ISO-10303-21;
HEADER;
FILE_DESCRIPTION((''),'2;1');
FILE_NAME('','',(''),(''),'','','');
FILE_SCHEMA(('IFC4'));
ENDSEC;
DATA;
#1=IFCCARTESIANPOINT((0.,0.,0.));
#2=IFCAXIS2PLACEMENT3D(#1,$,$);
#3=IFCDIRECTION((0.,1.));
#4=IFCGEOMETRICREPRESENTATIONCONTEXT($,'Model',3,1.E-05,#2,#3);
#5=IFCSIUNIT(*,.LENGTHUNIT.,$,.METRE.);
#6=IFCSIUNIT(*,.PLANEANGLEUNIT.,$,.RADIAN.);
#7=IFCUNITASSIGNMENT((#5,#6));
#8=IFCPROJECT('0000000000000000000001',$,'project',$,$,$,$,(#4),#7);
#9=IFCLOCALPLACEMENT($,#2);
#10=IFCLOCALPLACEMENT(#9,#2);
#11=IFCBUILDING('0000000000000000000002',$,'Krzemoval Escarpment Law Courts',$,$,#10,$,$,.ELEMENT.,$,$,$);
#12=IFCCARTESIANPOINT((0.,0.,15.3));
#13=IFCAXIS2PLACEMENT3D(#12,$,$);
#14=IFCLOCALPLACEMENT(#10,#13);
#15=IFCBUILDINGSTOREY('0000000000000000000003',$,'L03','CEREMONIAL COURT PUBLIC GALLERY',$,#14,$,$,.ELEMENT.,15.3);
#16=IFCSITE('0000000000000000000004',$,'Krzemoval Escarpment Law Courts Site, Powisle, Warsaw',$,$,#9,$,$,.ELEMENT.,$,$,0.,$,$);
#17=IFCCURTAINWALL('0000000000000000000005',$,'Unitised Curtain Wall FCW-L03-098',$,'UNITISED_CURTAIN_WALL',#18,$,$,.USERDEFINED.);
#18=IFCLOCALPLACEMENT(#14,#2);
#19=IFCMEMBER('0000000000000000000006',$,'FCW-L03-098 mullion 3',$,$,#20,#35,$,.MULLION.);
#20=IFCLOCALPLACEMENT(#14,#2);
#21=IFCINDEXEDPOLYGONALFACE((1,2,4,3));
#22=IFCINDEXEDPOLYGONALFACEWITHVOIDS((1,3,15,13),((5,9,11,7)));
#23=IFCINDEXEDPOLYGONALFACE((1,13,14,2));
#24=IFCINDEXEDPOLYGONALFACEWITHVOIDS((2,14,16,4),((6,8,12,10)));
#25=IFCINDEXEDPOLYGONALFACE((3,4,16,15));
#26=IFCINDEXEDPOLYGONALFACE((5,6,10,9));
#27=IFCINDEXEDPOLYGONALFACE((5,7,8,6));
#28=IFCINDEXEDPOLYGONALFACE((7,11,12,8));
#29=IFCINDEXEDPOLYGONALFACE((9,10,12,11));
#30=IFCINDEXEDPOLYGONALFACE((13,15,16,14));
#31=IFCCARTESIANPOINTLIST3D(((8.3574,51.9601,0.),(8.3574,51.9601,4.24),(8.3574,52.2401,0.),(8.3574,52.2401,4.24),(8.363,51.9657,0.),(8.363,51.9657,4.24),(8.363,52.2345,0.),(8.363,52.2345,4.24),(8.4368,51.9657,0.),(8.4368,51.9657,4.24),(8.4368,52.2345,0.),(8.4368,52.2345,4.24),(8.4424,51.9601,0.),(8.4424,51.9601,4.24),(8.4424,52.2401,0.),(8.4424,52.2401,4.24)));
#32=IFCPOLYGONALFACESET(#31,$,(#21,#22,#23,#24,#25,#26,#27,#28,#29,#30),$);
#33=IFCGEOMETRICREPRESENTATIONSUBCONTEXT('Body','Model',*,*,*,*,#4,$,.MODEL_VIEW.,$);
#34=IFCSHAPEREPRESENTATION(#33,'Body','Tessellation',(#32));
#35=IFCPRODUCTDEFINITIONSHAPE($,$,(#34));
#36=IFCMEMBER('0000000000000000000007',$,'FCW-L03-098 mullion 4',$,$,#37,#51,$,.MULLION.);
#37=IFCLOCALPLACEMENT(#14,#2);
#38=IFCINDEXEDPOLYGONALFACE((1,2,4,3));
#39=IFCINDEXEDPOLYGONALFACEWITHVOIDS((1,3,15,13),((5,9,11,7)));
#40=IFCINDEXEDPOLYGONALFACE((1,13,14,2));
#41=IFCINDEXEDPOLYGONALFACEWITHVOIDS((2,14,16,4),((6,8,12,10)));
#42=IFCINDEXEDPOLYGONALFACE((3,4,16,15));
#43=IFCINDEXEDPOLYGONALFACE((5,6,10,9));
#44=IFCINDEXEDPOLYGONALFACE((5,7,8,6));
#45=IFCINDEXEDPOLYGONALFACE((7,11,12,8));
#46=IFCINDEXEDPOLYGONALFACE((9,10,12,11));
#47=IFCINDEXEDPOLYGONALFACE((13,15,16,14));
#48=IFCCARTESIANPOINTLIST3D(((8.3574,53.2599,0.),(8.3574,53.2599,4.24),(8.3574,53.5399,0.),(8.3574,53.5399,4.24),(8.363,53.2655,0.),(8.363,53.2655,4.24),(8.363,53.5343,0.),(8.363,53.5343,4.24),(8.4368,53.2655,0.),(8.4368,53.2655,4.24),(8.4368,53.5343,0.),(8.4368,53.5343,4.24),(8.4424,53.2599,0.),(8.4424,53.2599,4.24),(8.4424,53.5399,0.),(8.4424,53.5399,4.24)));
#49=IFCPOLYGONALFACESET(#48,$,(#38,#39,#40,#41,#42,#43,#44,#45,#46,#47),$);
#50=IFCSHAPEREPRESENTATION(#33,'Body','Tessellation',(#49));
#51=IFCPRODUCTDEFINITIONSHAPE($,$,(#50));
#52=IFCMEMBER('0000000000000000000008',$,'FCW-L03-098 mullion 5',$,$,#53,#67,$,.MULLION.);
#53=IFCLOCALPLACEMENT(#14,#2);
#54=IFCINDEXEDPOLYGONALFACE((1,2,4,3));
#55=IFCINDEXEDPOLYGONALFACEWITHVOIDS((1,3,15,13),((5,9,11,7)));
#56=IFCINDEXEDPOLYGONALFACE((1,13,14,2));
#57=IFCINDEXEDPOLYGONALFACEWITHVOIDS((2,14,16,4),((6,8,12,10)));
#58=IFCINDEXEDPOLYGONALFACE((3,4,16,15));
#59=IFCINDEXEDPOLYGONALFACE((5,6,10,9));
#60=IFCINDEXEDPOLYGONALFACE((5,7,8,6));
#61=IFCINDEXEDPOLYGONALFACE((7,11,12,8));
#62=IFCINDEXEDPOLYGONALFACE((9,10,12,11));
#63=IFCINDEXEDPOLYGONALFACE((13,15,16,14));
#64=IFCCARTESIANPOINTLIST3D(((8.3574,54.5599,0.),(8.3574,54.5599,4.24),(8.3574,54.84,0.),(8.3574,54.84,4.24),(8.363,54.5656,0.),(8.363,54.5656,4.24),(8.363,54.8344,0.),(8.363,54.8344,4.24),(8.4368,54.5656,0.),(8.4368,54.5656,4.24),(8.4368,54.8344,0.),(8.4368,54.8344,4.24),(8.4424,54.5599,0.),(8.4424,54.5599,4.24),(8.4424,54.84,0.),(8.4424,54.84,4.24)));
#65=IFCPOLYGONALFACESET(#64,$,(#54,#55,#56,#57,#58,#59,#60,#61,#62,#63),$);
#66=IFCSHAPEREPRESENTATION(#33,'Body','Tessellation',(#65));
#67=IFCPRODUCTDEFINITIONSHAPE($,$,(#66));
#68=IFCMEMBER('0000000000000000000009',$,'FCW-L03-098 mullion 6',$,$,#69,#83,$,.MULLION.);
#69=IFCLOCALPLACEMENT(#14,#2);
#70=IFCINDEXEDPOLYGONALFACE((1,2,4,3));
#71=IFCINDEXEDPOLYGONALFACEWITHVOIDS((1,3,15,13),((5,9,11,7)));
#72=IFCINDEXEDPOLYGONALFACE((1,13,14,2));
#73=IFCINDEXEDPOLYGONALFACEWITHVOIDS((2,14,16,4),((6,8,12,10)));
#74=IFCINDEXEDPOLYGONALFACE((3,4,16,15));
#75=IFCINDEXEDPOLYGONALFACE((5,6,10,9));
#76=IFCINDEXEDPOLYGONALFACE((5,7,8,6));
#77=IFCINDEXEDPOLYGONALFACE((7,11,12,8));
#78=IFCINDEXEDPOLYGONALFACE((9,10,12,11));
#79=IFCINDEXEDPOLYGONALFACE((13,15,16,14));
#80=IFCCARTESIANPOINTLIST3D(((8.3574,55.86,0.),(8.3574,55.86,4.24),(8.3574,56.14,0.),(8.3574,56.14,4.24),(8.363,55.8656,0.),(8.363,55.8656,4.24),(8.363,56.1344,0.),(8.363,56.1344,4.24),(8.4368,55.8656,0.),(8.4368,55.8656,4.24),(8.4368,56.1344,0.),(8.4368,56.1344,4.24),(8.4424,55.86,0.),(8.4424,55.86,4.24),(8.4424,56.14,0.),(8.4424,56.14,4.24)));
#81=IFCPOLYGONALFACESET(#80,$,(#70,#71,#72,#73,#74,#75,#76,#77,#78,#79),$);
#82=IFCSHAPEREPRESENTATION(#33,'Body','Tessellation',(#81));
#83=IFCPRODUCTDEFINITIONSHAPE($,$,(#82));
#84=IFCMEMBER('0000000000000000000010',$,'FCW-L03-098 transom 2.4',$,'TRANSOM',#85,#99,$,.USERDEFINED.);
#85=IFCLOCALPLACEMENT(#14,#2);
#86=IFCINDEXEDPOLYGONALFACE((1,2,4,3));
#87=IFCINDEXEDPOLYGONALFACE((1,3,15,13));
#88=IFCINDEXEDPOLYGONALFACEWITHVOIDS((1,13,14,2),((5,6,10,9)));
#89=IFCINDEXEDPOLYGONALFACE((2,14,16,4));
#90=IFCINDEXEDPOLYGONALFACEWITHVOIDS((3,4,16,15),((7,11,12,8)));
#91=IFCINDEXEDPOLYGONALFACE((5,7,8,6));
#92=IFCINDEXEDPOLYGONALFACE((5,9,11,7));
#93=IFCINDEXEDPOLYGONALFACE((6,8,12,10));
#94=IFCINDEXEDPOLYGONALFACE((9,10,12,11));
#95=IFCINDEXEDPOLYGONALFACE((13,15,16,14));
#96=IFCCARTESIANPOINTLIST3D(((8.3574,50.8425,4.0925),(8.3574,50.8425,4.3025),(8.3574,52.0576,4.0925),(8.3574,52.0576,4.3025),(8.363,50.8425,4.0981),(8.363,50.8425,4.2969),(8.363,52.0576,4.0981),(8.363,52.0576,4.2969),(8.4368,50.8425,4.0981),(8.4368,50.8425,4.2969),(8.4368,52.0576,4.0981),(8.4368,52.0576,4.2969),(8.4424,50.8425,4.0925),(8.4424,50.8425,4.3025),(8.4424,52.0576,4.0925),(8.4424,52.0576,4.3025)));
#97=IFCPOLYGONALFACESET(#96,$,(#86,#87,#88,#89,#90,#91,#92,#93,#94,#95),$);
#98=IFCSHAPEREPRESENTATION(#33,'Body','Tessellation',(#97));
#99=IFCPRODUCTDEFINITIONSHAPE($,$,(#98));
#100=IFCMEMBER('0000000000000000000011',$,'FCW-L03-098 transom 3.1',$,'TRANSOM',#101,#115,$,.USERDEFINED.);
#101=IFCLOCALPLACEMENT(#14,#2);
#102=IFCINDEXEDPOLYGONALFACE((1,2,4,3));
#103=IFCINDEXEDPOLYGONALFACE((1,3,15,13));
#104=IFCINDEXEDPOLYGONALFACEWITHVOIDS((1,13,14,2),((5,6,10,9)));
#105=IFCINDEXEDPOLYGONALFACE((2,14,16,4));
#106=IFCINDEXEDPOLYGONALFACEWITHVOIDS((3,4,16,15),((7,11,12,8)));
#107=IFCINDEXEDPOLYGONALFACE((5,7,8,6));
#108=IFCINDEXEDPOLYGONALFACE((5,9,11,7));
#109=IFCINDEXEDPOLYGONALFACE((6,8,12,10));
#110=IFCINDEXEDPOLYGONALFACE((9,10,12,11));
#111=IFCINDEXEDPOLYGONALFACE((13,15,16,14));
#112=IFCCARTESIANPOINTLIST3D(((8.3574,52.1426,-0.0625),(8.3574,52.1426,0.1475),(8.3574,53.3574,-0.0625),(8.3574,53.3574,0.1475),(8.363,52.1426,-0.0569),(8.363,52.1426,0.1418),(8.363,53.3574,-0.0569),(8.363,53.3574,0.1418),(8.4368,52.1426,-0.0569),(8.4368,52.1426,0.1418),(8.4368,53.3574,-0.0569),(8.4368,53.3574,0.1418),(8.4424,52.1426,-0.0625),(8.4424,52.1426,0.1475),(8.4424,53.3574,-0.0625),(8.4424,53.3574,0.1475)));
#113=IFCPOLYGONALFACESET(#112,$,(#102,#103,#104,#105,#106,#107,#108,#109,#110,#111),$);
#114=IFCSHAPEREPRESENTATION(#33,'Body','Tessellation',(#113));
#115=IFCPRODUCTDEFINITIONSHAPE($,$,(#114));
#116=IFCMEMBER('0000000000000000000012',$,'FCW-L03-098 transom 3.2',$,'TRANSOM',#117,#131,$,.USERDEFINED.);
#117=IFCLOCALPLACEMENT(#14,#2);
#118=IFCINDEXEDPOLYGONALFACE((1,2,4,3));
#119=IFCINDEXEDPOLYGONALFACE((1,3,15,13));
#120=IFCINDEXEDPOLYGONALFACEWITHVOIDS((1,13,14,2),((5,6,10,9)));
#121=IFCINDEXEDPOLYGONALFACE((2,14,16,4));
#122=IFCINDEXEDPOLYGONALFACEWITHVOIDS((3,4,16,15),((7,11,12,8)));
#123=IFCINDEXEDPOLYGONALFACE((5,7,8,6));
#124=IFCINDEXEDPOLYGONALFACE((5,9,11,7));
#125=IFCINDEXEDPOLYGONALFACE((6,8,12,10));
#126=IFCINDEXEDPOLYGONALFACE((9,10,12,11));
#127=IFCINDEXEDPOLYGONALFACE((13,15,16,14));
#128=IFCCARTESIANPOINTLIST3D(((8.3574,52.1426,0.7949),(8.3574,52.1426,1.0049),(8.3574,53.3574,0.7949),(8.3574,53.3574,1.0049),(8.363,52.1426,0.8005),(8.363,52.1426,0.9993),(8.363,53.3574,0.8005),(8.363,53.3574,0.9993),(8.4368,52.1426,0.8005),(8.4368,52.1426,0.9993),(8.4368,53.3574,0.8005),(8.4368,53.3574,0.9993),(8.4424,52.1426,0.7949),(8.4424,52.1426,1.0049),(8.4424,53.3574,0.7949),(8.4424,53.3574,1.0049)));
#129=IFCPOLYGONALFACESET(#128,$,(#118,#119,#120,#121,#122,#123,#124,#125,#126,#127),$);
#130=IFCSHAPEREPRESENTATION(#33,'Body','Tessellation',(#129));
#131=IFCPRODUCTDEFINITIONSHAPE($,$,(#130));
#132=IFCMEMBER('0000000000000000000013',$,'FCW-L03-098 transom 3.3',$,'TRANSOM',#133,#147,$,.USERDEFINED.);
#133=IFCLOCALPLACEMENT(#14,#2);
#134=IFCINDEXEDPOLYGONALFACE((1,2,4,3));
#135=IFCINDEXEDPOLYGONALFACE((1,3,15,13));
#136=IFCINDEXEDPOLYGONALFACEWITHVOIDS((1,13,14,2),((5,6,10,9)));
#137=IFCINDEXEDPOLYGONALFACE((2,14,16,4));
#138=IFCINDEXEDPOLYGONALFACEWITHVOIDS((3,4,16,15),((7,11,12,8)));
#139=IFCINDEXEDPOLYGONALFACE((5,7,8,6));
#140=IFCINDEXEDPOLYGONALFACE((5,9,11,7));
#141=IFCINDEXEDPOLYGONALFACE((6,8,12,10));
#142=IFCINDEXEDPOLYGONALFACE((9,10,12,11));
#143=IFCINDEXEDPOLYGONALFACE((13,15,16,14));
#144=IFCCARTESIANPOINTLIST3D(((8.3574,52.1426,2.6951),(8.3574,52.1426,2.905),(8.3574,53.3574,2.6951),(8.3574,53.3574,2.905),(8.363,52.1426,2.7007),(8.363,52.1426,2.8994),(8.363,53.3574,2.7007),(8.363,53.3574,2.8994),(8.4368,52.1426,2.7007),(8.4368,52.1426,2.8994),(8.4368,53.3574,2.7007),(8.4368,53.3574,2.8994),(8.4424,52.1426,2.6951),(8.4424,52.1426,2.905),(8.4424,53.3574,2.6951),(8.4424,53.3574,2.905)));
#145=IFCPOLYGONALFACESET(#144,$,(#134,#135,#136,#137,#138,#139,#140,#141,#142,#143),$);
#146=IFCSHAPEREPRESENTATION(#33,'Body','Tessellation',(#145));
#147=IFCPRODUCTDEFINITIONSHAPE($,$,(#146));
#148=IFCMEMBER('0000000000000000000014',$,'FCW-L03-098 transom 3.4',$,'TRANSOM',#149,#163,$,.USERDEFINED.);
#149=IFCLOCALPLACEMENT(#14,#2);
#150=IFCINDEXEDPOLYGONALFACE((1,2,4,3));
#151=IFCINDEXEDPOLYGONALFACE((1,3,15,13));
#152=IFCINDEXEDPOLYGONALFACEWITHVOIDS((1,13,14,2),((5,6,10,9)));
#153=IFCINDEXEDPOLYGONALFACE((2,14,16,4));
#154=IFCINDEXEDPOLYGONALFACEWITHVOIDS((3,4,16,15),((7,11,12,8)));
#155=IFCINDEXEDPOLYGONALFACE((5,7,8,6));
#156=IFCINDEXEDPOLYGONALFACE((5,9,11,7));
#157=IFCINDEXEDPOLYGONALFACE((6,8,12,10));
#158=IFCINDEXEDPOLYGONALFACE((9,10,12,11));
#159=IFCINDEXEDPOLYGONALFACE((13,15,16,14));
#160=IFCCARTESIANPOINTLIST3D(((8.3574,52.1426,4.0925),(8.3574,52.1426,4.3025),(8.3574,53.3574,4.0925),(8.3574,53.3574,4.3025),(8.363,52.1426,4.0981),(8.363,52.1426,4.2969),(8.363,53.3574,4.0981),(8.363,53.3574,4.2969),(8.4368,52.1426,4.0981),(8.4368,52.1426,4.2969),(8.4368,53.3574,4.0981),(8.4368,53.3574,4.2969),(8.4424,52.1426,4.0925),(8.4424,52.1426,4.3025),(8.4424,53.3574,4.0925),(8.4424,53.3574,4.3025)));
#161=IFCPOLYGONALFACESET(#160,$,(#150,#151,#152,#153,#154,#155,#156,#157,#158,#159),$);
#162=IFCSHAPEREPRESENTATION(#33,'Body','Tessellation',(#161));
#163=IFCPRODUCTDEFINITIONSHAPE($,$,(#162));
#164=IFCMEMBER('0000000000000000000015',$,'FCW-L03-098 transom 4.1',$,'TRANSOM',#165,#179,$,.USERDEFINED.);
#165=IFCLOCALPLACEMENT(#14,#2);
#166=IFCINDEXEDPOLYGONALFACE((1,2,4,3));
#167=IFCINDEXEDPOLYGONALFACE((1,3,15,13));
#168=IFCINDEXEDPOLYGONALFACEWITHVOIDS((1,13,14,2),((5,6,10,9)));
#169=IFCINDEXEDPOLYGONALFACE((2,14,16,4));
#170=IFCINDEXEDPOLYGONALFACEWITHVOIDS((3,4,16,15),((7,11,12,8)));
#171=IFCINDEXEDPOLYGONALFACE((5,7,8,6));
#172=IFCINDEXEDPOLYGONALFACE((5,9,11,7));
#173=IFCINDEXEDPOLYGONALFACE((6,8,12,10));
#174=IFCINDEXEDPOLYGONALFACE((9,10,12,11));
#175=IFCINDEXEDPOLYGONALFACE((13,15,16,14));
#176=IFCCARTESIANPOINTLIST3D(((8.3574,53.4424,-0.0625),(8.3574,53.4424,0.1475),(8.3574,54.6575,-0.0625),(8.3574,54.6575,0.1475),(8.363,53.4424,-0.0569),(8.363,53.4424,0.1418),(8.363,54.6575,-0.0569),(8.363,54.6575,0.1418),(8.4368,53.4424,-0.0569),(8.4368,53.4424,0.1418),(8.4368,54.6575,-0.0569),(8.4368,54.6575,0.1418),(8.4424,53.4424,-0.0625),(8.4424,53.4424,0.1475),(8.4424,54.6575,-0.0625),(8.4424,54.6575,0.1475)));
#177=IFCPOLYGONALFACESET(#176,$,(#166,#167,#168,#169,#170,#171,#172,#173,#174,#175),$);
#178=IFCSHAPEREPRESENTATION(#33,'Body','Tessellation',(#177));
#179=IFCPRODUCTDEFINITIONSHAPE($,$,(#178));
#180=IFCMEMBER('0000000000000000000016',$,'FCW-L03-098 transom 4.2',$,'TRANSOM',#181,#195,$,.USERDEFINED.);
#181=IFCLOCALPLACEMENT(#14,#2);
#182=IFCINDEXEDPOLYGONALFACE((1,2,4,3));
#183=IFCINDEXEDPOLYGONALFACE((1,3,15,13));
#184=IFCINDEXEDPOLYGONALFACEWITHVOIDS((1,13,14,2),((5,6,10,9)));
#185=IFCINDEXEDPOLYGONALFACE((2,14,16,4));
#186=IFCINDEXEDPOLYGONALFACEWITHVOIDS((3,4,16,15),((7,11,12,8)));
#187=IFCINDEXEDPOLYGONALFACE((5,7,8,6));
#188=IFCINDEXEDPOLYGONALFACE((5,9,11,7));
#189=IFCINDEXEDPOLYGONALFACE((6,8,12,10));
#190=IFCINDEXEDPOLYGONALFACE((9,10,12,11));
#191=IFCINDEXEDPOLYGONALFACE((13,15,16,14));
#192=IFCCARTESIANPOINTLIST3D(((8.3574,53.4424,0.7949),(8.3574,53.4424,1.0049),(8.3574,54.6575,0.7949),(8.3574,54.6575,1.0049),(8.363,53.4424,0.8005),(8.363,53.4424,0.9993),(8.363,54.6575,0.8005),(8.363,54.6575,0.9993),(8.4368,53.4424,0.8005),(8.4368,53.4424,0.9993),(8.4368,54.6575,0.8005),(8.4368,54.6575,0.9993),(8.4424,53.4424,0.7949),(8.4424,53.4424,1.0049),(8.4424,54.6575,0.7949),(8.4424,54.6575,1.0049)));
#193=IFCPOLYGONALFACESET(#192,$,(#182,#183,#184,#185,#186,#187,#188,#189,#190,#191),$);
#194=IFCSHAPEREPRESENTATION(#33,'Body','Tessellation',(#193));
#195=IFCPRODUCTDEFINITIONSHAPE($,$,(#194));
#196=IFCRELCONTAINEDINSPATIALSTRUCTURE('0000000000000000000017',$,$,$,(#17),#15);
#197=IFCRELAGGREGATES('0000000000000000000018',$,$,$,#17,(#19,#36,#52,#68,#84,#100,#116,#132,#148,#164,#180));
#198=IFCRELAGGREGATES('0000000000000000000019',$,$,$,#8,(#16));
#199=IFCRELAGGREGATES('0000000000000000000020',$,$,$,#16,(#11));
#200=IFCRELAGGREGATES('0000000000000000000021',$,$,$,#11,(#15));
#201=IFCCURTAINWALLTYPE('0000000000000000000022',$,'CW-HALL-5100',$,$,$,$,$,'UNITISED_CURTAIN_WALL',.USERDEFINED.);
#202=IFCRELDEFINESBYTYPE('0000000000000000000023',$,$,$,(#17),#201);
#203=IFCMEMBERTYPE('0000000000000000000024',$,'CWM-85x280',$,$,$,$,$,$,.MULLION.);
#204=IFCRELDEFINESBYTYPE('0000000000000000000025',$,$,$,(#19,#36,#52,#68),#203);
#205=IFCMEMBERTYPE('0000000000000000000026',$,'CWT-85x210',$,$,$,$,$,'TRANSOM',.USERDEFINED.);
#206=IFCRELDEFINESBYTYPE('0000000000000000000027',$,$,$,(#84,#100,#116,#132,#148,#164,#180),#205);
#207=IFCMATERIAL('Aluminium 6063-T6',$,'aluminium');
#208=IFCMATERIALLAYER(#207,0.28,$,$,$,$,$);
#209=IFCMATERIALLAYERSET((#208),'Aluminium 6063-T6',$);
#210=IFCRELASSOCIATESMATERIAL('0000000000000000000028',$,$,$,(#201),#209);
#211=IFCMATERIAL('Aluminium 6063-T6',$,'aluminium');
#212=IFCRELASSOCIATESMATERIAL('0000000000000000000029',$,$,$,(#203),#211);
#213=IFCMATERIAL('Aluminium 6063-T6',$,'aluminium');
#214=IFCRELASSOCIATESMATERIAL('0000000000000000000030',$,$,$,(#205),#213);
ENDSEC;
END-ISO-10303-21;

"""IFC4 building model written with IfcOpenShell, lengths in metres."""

from ifc_helpers import new_model, si_unit, direction, frame, origin, origin_2d, place, context, subcontext, project, spatial, hollow_rectangle, extrude, material, layer, layer_set, material_profile, profile_set, type_object, element, aggregate, save


model = new_model("IFC4")

# Units and contexts
model_context = context("Model", 3, precision=1e-05, world=origin(), true_north=direction((0.0, 1.0)))
body_context = subcontext(model_context, "Body", "Model", "MODEL_VIEW")
ifc_project = project(units=[si_unit("LENGTHUNIT", "METRE"), si_unit("PLANEANGLEUNIT", "RADIAN")], contexts=[model_context])

# Site, building, storey
site_placement = place(None, origin())
site = spatial("IfcSite", under=ifc_project, at=site_placement, Name="Krzemoval Escarpment Law Courts Site, Powisle, Warsaw", CompositionType="ELEMENT", RefElevation=0.0)
building_placement = place(site_placement, origin())
building = spatial("IfcBuilding", under=site, at=building_placement, Name="Krzemoval Escarpment Law Courts", CompositionType="ELEMENT")
storey_placement = place(building_placement, frame((0.0, 0.0, 15.3)))
storey = spatial("IfcBuildingStorey", under=building, at=storey_placement, Name="L03", Description="CEREMONIAL COURT PUBLIC GALLERY", CompositionType="ELEMENT", Elevation=15.3)

# Curtain wall, members
ifc_material_1 = material(Name="Aluminium 6063-T6", Category="aluminium")
ifc_layer_1 = layer(ifc_material_1, 0.28)
ifc_layer_set_1 = layer_set([ifc_layer_1], Name="Aluminium 6063-T6")
curtain_wall_type = type_object("IfcCurtainWallType", Name="CW-HALL-5100", ElementType="UNITISED_CURTAIN_WALL", PredefinedType="USERDEFINED", material=ifc_layer_set_1)
curtain_wall_placement = place(storey_placement, origin())
curtain_wall = element("IfcCurtainWall", 1, at=curtain_wall_placement, inside=storey, type_object=curtain_wall_type, Name="Unitised Curtain Wall FCW-L03-098", ObjectType="UNITISED_CURTAIN_WALL", PredefinedType="USERDEFINED")
ifc_material_2 = material(Name="Aluminium 6063-T6", Category="aluminium")
ifc_material_profile_1 = material_profile(ifc_material_2, hollow_rectangle(XDim=0.085, YDim=0.28, WallThickness=0.0056, at=origin_2d()), Name="ALU M85x280")
ifc_profile_set_1 = profile_set([ifc_material_profile_1], Name="Aluminium 6063-T6")
member_type_1 = type_object("IfcMemberType", Name="CWM-85x280", PredefinedType="MULLION", material=ifc_profile_set_1)
member_1_placement = place(storey_placement, frame((8.3999, 52.1001, 0.0), z_axis=(0.0, 0.0, 1.0), x_axis=(-1.0, 0.0, 0.0)))
member_1 = element("IfcMember", 2, at=member_1_placement, type_object=member_type_1, Name="FCW-L03-098 mullion 3", PredefinedType="MULLION", context=body_context, shape_type="SweptSolid", body=[
    extrude(hollow_rectangle(XDim=0.085, YDim=0.28, WallThickness=0.0056, at=origin_2d()), origin(), (0.0, 0.0, 1.0), 4.24),
])
member_2_placement = place(storey_placement, frame((8.3999, 53.3999, 0.0), z_axis=(0.0, 0.0, 1.0), x_axis=(-1.0, 0.0, 0.0)))
member_2 = element("IfcMember", 3, at=member_2_placement, type_object=member_type_1, Name="FCW-L03-098 mullion 4", PredefinedType="MULLION", context=body_context, shape_type="SweptSolid", body=[
    extrude(hollow_rectangle(XDim=0.085, YDim=0.28, WallThickness=0.0056, at=origin_2d()), origin(), (0.0, 0.0, 1.0), 4.24),
])
member_3_placement = place(storey_placement, frame((8.3999, 54.7, 0.0), z_axis=(0.0, 0.0, 1.0), x_axis=(-1.0, 0.0, 0.0)))
member_3 = element("IfcMember", 4, at=member_3_placement, type_object=member_type_1, Name="FCW-L03-098 mullion 5", PredefinedType="MULLION", context=body_context, shape_type="SweptSolid", body=[
    extrude(hollow_rectangle(XDim=0.085, YDim=0.28, WallThickness=0.0056, at=origin_2d()), origin(), (0.0, 0.0, 1.0), 4.24),
])
member_4_placement = place(storey_placement, frame((8.3999, 56.0, 0.0), z_axis=(0.0, 0.0, 1.0), x_axis=(-1.0, 0.0, 0.0)))
member_4 = element("IfcMember", 5, at=member_4_placement, type_object=member_type_1, Name="FCW-L03-098 mullion 6", PredefinedType="MULLION", context=body_context, shape_type="SweptSolid", body=[
    extrude(hollow_rectangle(XDim=0.085, YDim=0.28, WallThickness=0.0056, at=origin_2d()), origin(), (0.0, 0.0, 1.0), 4.24),
])
ifc_material_3 = material(Name="Aluminium 6063-T6", Category="aluminium")
ifc_material_profile_2 = material_profile(ifc_material_3, hollow_rectangle(XDim=0.085, YDim=0.21, WallThickness=0.0056, at=origin_2d()), Name="ALU T85x210")
ifc_profile_set_2 = profile_set([ifc_material_profile_2], Name="Aluminium 6063-T6")
member_type_2 = type_object("IfcMemberType", Name="CWT-85x210", ElementType="TRANSOM", PredefinedType="USERDEFINED", material=ifc_profile_set_2)
member_5_placement = place(storey_placement, frame((8.3999, 50.8425, 4.1975), z_axis=(0.0, 1.0, 0.0), x_axis=(-1.0, 0.0, 0.0)))
member_5 = element("IfcMember", 6, at=member_5_placement, type_object=member_type_2, Name="FCW-L03-098 transom 2.4", ObjectType="TRANSOM", PredefinedType="USERDEFINED", context=body_context, shape_type="SweptSolid", body=[
    extrude(hollow_rectangle(XDim=0.085, YDim=0.21, WallThickness=0.0056, at=origin_2d()), origin(), (0.0, 0.0, 1.0), 1.2151),
])
member_6_placement = place(storey_placement, frame((8.3999, 52.1426, 0.0425), z_axis=(0.0, 1.0, 0.0), x_axis=(-1.0, 0.0, 0.0)))
member_6 = element("IfcMember", 7, at=member_6_placement, type_object=member_type_2, Name="FCW-L03-098 transom 3.1", ObjectType="TRANSOM", PredefinedType="USERDEFINED", context=body_context, shape_type="SweptSolid", body=[
    extrude(hollow_rectangle(XDim=0.085, YDim=0.21, WallThickness=0.0056, at=origin_2d()), origin(), (0.0, 0.0, 1.0), 1.2148),
])
member_7_placement = place(storey_placement, frame((8.3999, 52.1426, 0.8999), z_axis=(0.0, 1.0, 0.0), x_axis=(-1.0, 0.0, 0.0)))
member_7 = element("IfcMember", 8, at=member_7_placement, type_object=member_type_2, Name="FCW-L03-098 transom 3.2", ObjectType="TRANSOM", PredefinedType="USERDEFINED", context=body_context, shape_type="SweptSolid", body=[
    extrude(hollow_rectangle(XDim=0.085, YDim=0.21, WallThickness=0.0056, at=origin_2d()), origin(), (0.0, 0.0, 1.0), 1.2148),
])
member_8_placement = place(storey_placement, frame((8.3999, 52.1426, 2.8), z_axis=(0.0, 1.0, 0.0), x_axis=(-1.0, 0.0, 0.0)))
member_8 = element("IfcMember", 9, at=member_8_placement, type_object=member_type_2, Name="FCW-L03-098 transom 3.3", ObjectType="TRANSOM", PredefinedType="USERDEFINED", context=body_context, shape_type="SweptSolid", body=[
    extrude(hollow_rectangle(XDim=0.085, YDim=0.21, WallThickness=0.0056, at=origin_2d()), origin(), (0.0, 0.0, 1.0), 1.2148),
])
member_9_placement = place(storey_placement, frame((8.3999, 52.1426, 4.1975), z_axis=(0.0, 1.0, 0.0), x_axis=(-1.0, 0.0, 0.0)))
member_9 = element("IfcMember", 10, at=member_9_placement, type_object=member_type_2, Name="FCW-L03-098 transom 3.4", ObjectType="TRANSOM", PredefinedType="USERDEFINED", context=body_context, shape_type="SweptSolid", body=[
    extrude(hollow_rectangle(XDim=0.085, YDim=0.21, WallThickness=0.0056, at=origin_2d()), origin(), (0.0, 0.0, 1.0), 1.2148),
])
member_10_placement = place(storey_placement, frame((8.3999, 53.4424, 0.0425), z_axis=(0.0, 1.0, 0.0), x_axis=(-1.0, 0.0, 0.0)))
member_10 = element("IfcMember", 11, at=member_10_placement, type_object=member_type_2, Name="FCW-L03-098 transom 4.1", ObjectType="TRANSOM", PredefinedType="USERDEFINED", context=body_context, shape_type="SweptSolid", body=[
    extrude(hollow_rectangle(XDim=0.085, YDim=0.21, WallThickness=0.0056, at=origin_2d()), origin(), (0.0, 0.0, 1.0), 1.2151),
])
member_11_placement = place(storey_placement, frame((8.3999, 53.4424, 0.8999), z_axis=(0.0, 1.0, 0.0), x_axis=(-1.0, 0.0, 0.0)))
member_11 = element("IfcMember", 12, at=member_11_placement, type_object=member_type_2, Name="FCW-L03-098 transom 4.2", ObjectType="TRANSOM", PredefinedType="USERDEFINED", context=body_context, shape_type="SweptSolid", body=[
    extrude(hollow_rectangle(XDim=0.085, YDim=0.21, WallThickness=0.0056, at=origin_2d()), origin(), (0.0, 0.0, 1.0), 1.2151),
])

aggregate(curtain_wall, [member_1, member_2, member_3, member_4, member_5, member_6, member_7, member_8, member_9, member_10, member_11])

save(model, "model.ifc")
